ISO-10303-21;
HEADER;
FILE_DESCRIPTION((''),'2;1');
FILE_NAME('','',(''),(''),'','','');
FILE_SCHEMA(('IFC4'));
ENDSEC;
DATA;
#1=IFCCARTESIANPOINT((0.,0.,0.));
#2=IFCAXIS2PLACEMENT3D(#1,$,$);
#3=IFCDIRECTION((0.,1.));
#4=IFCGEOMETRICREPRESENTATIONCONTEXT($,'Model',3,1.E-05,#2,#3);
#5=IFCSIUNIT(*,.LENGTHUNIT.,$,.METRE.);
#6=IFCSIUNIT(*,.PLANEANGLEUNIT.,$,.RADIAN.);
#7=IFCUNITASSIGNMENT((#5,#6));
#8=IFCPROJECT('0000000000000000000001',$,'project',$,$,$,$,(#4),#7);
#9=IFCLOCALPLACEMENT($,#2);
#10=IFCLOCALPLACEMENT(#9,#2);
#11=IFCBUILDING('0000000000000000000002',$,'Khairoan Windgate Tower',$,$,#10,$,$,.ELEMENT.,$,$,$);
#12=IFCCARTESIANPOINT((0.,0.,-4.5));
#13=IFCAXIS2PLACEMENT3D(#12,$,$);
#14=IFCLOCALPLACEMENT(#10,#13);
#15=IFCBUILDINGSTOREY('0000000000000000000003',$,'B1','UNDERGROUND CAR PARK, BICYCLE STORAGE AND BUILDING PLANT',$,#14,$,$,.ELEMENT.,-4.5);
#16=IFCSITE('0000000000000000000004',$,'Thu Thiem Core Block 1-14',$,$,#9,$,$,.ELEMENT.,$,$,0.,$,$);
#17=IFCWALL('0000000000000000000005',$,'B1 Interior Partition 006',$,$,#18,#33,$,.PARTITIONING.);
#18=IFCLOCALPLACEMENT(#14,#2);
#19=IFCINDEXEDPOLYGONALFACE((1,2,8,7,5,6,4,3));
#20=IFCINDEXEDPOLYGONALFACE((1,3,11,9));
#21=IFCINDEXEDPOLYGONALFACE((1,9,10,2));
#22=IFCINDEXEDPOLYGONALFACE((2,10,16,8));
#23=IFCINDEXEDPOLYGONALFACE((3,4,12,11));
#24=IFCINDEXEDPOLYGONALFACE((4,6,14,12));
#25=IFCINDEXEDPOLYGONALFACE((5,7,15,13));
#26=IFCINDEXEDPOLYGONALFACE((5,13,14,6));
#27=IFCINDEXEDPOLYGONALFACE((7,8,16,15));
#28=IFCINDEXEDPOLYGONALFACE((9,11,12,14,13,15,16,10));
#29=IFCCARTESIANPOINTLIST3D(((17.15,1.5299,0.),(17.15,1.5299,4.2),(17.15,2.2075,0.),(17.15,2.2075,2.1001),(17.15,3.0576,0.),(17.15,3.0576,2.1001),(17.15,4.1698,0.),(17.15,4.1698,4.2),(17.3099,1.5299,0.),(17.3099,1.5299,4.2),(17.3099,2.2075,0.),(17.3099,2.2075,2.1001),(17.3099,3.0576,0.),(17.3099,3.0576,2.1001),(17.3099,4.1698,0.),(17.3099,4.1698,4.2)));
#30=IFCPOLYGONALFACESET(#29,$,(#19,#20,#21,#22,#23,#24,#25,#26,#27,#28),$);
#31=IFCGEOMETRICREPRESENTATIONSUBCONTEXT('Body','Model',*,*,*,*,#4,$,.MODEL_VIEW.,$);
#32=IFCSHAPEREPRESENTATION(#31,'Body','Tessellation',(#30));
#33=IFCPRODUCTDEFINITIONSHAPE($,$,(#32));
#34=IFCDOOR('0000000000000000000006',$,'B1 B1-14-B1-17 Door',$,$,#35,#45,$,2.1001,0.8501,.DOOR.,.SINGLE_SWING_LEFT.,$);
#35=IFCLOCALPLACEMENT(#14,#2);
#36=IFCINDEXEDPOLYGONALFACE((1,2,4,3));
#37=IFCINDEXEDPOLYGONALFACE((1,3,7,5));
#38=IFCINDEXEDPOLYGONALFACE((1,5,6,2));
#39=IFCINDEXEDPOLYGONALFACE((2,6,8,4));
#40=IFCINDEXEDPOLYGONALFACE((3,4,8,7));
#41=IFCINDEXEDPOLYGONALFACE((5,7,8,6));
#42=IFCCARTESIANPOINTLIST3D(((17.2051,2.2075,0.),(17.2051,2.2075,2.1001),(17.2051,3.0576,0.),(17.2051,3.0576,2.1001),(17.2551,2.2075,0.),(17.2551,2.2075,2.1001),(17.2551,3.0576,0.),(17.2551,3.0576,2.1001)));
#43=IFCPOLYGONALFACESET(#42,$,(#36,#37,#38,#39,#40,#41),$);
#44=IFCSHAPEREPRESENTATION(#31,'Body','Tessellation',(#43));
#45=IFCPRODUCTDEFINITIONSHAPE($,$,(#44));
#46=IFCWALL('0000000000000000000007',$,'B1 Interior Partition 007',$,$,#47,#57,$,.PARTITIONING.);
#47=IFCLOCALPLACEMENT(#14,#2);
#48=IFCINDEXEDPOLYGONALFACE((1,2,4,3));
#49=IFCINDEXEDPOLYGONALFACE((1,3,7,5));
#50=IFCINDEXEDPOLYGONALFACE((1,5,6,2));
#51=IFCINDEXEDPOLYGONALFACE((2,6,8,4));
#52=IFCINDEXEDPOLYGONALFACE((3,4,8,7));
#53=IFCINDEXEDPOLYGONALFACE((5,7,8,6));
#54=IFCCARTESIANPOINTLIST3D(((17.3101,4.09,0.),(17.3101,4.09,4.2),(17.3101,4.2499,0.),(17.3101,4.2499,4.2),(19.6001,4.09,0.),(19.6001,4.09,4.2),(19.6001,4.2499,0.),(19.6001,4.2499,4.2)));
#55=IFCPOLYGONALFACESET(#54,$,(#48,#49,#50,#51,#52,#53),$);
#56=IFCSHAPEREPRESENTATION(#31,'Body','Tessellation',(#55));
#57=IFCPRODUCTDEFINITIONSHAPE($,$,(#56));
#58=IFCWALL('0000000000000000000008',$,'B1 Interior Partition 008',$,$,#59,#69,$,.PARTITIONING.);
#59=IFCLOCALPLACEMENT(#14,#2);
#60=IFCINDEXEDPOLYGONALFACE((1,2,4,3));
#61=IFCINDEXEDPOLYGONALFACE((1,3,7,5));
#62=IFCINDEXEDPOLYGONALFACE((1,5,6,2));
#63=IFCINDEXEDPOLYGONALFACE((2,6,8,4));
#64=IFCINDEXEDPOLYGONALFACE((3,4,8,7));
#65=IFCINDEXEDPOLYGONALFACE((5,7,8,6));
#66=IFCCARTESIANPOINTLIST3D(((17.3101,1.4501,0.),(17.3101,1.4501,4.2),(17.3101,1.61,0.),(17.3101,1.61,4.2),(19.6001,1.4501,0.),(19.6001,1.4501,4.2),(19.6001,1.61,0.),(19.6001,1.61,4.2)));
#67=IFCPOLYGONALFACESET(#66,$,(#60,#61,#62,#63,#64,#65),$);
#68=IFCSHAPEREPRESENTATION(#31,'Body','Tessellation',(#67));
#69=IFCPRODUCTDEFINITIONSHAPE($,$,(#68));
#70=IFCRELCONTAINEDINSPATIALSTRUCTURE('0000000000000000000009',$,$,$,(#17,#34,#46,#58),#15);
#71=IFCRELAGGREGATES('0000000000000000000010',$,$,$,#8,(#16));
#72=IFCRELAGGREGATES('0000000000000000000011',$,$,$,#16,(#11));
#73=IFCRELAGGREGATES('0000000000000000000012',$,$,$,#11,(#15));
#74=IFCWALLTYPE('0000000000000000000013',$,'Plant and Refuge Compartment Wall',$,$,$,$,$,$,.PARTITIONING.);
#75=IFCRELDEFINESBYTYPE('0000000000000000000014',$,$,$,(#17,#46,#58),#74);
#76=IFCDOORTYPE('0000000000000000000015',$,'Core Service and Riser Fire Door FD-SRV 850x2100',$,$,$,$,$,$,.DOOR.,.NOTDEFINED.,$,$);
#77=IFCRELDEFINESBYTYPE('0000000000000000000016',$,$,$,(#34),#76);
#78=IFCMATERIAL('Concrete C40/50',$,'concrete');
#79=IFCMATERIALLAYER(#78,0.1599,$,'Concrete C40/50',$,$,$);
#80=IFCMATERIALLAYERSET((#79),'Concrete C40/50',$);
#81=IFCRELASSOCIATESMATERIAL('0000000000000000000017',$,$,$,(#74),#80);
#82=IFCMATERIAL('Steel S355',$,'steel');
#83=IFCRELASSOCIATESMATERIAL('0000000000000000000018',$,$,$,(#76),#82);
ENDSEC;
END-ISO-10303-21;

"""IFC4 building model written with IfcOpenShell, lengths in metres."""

from ifc_helpers import new_model, si_unit, direction, frame, frame_2d, origin, place, context, subcontext, project, spatial, rectangle, extrude, material, layer, layer_set, type_object, element, fill, save


model = new_model("IFC4")

# Units and contexts
model_context = context("Model", 3, precision=1e-05, world=origin(), true_north=direction((0.0, 1.0)))
body_context = subcontext(model_context, "Body", "Model", "MODEL_VIEW")
ifc_project = project(units=[si_unit("LENGTHUNIT", "METRE"), si_unit("PLANEANGLEUNIT", "RADIAN")], contexts=[model_context])

# Site, building, storey
site_placement = place(None, origin())
site = spatial("IfcSite", under=ifc_project, at=site_placement, Name="Thu Thiem Core Block 1-14", CompositionType="ELEMENT", RefElevation=0.0)
building_placement = place(site_placement, origin())
building = spatial("IfcBuilding", under=site, at=building_placement, Name="Khairoan Windgate Tower", CompositionType="ELEMENT")
storey_placement = place(building_placement, frame((0.0, 0.0, -4.5)))
storey = spatial("IfcBuildingStorey", under=building, at=storey_placement, Name="B1", Description="UNDERGROUND CAR PARK, BICYCLE STORAGE AND BUILDING PLANT", CompositionType="ELEMENT", Elevation=-4.5)

# Wall, opening, door
ifc_material_1 = material(Name="Concrete C40/50", Category="concrete")
ifc_layer_1 = layer(ifc_material_1, 0.1599, Name="Concrete C40/50")
ifc_layer_set_1 = layer_set([ifc_layer_1], Name="Concrete C40/50")
wall_type_1 = type_object("IfcWallType", Name="Plant and Refuge Compartment Wall", PredefinedType="PARTITIONING", material=ifc_layer_set_1)
ifc_material_2 = material(Name="Steel S355", Category="steel")
door_type_1 = type_object("IfcDoorType", Name="Core Service and Riser Fire Door FD-SRV 850x2100", OperationType="NOTDEFINED", PredefinedType="DOOR", material=ifc_material_2)
wall_1_placement = place(storey_placement, frame((17.23, 1.53, 0.0), z_axis=(0.0, 0.0, 1.0), x_axis=(0.0, 1.0, 0.0)))
wall_1 = element("IfcWall", 1, at=wall_1_placement, inside=storey, type_object=wall_type_1, Name="B1 Interior Partition 006", PredefinedType="PARTITIONING", context=body_context, shape_type="SweptSolid", body=[
    extrude(rectangle(XDim=2.6399, YDim=0.1599, at=frame_2d((1.3198, 0.0))), origin(), (0.0, 0.0, 1.0), 4.2),
])
opening_1_placement = place(wall_1_placement, frame((0.6775, 0.0, 0.0)))
opening_1 = element("IfcOpeningElement", 2, at=opening_1_placement, cuts=wall_1, PredefinedType="OPENING", context=body_context, shape_type="SweptSolid", body=[
    extrude(rectangle(XDim=0.8501, YDim=2.1001, at=frame_2d((0.425, 1.05))), frame((0.0, 0.0898, 0.0), z_axis=(0.0, -1.0, 0.0), x_axis=(1.0, 0.0, 0.0)), (0.0, 0.0, 1.0), 0.1799),
])
door_1_placement = place(opening_1_placement, origin())
door_1 = element("IfcDoor", 3, at=door_1_placement, inside=storey, type_object=door_type_1, Name="B1 B1-14-B1-17 Door", OperationType="SINGLE_SWING_LEFT", OverallHeight=2.1001, OverallWidth=0.8501, PredefinedType="DOOR", context=body_context, shape_type="SweptSolid", body=[
    extrude(rectangle(XDim=0.8501, YDim=2.1001, at=frame_2d((0.425, 1.05))), frame((0.0, 0.0249, 0.0), z_axis=(0.0, -1.0, 0.0), x_axis=(1.0, 0.0, 0.0)), (0.0, 0.0, 1.0), 0.05),
])
fill(opening_1, door_1)

# Walls
for number, where, z_axis, x_axis, name in (
    (4, (17.3101, 4.1699, 0.0), (0.0, 0.0, 1.0), (1.0, 0.0, 0.0), "B1 Interior Partition 007"),
    (5, (17.3101, 1.53, 0.0), (0.0, 0.0, 1.0), (1.0, 0.0, 0.0), "B1 Interior Partition 008"),
):
    element("IfcWall", number, at=place(storey_placement, frame(where, z_axis=z_axis, x_axis=x_axis)), inside=storey, type_object=wall_type_1, Name=name, PredefinedType="PARTITIONING", context=body_context, shape_type="SweptSolid", body=[
        extrude(rectangle(XDim=2.29, YDim=0.1599, at=frame_2d((1.145, 0.0))), origin(), (0.0, 0.0, 1.0), 4.2),
    ])

save(model, "model.ifc")
